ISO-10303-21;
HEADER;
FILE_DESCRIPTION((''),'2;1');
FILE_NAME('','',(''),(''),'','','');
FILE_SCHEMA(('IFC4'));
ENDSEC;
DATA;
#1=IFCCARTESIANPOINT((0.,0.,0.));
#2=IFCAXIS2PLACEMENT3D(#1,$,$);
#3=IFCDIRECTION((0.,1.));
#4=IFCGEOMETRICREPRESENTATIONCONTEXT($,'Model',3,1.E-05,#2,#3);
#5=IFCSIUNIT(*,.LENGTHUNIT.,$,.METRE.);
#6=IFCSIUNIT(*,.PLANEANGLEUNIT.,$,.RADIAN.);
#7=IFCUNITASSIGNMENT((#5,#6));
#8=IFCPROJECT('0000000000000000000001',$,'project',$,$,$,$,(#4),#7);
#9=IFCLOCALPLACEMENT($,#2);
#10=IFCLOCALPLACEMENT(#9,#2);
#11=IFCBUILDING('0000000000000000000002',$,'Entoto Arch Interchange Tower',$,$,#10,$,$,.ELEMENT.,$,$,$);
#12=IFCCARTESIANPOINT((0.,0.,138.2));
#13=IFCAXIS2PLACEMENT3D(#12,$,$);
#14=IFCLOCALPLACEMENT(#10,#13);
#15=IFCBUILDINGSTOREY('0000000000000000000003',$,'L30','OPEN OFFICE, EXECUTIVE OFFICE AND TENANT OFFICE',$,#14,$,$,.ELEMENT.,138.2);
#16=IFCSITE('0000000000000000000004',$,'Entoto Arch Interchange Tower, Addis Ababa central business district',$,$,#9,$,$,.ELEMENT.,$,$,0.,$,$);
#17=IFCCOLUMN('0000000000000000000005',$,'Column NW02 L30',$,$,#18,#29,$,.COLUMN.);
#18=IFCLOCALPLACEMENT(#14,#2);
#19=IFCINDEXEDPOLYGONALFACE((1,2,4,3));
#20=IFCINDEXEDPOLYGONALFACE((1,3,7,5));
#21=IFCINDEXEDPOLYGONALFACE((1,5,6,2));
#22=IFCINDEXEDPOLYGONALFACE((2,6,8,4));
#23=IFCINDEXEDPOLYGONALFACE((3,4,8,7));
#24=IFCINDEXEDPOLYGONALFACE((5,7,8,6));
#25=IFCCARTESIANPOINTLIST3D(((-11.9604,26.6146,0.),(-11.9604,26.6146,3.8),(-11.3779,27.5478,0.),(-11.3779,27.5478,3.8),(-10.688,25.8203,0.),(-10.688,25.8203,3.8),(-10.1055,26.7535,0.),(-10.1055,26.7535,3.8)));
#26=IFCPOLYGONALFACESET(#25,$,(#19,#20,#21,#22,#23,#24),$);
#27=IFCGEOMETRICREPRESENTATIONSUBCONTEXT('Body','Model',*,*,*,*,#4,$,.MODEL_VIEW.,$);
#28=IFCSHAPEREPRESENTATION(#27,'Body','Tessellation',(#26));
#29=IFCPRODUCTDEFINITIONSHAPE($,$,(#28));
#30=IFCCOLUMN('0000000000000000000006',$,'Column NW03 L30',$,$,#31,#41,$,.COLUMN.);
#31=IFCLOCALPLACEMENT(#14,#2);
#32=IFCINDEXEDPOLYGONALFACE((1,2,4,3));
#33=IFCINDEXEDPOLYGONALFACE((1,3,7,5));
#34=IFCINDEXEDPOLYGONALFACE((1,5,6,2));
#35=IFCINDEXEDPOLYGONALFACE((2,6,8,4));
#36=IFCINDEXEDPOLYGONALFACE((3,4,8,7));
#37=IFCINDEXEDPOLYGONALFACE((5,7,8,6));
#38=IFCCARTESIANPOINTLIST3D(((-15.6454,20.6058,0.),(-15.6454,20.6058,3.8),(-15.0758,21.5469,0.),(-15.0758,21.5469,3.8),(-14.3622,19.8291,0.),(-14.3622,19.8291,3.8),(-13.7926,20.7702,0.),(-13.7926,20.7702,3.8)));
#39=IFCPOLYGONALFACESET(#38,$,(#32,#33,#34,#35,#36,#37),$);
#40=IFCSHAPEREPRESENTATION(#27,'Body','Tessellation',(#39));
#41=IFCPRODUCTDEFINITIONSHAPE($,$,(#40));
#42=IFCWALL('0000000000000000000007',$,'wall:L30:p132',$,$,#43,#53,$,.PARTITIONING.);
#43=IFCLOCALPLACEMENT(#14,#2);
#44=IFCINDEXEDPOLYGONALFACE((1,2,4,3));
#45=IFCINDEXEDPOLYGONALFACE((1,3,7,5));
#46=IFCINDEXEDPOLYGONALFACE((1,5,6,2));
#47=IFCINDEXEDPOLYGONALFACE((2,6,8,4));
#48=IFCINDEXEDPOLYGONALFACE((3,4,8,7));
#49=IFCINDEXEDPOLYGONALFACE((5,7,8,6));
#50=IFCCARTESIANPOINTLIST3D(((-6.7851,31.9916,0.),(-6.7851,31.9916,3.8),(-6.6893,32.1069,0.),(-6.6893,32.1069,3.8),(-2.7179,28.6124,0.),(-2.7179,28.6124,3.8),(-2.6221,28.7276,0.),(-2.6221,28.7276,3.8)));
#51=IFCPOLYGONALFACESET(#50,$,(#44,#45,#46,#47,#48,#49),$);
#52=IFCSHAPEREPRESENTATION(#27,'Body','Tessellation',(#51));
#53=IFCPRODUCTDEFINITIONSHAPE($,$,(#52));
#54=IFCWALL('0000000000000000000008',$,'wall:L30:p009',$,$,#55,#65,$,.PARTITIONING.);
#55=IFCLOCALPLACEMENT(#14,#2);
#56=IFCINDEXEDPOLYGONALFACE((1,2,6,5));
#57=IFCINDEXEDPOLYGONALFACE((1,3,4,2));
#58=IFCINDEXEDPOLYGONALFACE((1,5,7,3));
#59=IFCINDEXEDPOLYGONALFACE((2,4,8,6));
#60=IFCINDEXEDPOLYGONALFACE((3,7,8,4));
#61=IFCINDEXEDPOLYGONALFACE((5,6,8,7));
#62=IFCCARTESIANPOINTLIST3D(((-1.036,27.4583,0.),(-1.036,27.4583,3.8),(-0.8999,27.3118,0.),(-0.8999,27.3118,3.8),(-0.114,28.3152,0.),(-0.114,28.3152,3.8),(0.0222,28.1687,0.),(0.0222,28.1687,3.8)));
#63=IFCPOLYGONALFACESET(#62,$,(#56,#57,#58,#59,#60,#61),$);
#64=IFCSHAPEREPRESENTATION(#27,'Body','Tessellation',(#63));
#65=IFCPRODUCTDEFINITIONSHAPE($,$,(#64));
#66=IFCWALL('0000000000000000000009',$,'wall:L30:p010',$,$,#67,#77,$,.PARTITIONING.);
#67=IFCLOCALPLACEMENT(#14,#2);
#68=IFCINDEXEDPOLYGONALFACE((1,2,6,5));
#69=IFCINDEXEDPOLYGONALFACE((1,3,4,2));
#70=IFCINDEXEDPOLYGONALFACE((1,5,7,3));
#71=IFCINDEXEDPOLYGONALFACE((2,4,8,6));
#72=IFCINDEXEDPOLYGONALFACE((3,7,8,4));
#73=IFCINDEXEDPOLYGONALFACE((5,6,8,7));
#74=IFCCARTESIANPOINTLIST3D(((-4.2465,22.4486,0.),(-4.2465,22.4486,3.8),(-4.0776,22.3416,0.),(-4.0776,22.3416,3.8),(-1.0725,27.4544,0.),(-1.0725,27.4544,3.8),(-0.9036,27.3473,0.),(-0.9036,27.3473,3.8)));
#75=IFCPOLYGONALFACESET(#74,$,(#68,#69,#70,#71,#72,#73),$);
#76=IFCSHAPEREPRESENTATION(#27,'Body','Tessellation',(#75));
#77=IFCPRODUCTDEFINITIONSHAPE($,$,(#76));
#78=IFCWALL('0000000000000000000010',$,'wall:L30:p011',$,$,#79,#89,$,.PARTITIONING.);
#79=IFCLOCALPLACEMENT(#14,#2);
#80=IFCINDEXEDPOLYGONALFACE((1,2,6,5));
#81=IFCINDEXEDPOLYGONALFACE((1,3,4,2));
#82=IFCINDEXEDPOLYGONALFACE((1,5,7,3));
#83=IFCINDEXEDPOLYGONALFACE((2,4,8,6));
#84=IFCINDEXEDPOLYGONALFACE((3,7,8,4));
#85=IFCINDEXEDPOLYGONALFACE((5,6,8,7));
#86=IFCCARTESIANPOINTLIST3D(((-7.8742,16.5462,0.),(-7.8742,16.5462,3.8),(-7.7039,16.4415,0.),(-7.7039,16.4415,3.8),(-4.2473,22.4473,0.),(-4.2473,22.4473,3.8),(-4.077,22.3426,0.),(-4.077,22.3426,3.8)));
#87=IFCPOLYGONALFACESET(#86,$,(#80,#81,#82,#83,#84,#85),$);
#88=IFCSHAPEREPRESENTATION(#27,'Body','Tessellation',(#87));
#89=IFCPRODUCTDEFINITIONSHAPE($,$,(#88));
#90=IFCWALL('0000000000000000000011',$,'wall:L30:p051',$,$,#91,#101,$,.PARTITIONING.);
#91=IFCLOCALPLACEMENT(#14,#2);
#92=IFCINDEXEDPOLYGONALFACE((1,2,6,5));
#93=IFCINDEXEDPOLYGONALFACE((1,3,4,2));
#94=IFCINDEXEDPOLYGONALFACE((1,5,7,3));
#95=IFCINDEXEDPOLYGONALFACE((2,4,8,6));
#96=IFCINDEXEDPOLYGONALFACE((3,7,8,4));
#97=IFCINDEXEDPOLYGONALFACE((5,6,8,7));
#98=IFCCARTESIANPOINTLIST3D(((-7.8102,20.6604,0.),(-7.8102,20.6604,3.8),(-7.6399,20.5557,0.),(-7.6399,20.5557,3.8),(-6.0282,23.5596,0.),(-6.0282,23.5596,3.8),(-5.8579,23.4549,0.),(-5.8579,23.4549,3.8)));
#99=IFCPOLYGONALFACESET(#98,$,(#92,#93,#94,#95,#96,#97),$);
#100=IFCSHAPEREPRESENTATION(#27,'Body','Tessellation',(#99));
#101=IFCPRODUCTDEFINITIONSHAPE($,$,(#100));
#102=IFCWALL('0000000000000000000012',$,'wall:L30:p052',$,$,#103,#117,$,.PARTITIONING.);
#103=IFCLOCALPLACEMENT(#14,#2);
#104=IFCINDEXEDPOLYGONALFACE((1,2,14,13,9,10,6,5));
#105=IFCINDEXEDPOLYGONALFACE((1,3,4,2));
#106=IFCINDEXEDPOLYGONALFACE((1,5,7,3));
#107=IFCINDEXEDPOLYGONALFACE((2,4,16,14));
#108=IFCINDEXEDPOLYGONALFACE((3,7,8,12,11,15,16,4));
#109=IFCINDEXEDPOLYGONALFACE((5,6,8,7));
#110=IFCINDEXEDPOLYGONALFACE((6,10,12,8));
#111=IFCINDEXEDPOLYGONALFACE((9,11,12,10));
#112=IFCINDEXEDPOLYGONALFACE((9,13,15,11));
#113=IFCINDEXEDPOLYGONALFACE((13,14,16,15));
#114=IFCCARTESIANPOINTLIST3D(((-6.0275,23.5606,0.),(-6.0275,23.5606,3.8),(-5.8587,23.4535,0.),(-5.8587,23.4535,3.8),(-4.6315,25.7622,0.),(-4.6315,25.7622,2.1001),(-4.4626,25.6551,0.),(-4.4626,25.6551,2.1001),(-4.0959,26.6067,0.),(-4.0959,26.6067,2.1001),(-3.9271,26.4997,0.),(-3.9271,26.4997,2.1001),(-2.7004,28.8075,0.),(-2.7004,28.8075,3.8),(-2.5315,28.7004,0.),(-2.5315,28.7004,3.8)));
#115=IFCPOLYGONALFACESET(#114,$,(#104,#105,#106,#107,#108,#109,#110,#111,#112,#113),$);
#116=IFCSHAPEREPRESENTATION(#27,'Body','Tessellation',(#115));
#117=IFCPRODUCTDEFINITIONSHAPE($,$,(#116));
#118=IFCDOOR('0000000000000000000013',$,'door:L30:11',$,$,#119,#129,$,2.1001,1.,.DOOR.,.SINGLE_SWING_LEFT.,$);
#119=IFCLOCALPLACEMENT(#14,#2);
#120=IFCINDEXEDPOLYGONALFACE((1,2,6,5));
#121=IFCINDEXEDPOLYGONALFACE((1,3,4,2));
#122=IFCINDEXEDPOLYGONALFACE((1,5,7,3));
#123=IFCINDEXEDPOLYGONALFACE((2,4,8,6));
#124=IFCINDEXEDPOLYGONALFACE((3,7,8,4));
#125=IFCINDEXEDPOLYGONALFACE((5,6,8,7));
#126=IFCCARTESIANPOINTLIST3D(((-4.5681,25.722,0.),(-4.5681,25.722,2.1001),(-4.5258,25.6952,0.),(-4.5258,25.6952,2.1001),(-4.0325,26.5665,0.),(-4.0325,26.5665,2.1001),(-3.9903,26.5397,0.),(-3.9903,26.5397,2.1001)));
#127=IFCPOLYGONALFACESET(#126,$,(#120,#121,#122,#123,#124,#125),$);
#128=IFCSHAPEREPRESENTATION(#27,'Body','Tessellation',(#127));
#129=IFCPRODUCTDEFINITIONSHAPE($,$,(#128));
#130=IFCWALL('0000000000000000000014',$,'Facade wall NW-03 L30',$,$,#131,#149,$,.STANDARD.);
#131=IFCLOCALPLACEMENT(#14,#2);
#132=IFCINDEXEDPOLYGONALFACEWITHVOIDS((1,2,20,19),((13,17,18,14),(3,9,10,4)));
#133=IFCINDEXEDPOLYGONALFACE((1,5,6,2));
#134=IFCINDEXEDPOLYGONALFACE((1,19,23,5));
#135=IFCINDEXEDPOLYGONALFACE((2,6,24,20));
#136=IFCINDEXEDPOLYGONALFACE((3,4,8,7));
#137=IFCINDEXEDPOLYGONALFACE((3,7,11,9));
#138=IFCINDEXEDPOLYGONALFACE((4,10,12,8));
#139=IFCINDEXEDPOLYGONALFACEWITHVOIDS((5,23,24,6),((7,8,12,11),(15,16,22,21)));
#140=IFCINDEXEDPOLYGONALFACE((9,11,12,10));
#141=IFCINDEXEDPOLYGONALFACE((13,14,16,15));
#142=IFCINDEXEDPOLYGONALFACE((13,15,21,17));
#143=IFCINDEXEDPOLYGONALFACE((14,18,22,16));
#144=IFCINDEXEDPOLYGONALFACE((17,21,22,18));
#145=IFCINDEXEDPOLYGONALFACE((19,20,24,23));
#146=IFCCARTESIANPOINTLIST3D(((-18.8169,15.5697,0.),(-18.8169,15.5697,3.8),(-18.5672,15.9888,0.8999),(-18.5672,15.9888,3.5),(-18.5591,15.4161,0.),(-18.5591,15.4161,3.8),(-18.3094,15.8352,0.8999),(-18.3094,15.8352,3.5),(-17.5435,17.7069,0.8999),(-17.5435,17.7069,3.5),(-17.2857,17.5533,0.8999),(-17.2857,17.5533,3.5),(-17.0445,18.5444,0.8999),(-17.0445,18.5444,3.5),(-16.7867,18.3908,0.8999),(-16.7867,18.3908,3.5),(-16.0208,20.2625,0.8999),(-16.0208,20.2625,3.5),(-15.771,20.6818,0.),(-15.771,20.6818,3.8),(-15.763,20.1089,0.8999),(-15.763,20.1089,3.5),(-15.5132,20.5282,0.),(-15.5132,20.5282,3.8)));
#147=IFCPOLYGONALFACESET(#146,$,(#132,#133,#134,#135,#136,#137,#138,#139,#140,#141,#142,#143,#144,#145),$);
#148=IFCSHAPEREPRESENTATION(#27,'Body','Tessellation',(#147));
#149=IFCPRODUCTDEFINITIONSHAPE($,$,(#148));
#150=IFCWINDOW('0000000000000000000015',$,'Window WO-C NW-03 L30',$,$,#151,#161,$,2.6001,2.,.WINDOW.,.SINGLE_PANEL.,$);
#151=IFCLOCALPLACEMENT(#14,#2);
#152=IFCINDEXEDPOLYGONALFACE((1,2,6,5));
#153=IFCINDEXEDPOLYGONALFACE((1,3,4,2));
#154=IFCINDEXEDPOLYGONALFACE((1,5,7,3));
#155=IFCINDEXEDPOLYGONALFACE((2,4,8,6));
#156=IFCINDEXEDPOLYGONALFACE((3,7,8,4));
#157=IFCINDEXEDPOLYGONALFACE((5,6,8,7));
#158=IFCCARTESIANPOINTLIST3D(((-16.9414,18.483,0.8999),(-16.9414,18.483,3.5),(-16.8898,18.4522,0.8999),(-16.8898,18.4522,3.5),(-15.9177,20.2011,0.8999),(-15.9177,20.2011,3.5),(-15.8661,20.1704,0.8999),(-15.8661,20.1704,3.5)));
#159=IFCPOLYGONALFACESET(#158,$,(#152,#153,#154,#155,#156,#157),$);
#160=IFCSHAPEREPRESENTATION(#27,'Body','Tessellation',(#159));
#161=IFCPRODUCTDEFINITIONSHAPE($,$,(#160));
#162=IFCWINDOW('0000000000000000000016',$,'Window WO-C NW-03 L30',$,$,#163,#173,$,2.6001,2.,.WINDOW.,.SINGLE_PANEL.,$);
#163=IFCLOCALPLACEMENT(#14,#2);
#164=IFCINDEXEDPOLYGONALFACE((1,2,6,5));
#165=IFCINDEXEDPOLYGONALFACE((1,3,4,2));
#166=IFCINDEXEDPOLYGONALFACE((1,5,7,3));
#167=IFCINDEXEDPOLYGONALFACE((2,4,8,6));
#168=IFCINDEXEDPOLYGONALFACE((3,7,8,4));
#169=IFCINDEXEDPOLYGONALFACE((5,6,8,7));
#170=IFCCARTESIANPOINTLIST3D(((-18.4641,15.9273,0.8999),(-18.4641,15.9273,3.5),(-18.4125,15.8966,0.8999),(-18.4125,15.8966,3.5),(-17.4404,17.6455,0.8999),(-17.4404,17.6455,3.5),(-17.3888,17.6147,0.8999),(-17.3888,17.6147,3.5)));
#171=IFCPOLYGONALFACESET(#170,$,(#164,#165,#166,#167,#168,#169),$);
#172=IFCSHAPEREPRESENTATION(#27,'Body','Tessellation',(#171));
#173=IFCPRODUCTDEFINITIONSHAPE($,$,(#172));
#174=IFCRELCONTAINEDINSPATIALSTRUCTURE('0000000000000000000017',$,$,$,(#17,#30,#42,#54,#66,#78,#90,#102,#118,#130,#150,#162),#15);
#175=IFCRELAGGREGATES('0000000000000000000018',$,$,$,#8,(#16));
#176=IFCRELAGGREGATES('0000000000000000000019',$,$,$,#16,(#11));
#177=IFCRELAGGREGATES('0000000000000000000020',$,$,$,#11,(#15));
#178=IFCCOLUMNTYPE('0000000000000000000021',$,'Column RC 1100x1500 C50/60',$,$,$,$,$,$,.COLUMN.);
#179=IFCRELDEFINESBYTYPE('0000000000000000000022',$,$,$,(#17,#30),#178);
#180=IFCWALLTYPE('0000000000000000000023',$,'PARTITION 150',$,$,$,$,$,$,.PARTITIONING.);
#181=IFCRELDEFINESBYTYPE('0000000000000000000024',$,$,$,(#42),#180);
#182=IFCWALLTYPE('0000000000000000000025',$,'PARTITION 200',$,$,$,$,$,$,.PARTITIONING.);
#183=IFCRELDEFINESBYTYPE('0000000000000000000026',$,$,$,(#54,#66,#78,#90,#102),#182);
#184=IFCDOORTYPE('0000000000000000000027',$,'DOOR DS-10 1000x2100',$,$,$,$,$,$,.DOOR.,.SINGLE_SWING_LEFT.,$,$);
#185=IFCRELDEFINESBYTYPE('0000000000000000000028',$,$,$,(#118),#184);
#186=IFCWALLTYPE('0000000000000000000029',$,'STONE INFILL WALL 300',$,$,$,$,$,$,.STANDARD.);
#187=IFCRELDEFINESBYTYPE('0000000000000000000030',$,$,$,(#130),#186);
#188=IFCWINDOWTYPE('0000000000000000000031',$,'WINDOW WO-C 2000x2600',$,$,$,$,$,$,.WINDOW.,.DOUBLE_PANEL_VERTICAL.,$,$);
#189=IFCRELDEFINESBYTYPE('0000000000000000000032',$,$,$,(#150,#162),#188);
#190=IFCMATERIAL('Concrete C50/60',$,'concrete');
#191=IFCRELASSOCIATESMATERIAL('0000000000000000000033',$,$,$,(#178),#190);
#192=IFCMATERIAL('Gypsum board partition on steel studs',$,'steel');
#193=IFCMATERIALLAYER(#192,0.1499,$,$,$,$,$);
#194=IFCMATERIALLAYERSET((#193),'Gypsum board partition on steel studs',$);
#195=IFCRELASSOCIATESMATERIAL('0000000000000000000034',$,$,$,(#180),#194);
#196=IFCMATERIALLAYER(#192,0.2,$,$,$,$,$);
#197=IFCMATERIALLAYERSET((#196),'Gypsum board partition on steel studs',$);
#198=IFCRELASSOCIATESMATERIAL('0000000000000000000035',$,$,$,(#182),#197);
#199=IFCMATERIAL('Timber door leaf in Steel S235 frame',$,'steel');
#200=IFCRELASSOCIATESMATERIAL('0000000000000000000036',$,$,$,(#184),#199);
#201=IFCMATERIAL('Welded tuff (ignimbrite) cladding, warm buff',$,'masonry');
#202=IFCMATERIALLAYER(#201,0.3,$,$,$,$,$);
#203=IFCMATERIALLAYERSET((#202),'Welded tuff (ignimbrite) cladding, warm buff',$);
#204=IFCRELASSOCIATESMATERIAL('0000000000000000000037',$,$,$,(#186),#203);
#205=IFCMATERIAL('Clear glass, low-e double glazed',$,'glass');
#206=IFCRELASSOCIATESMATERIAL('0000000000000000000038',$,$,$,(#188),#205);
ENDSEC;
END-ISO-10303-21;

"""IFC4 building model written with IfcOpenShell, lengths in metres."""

from ifc_helpers import new_model, si_unit, direction, frame, frame_2d, origin, origin_2d, place, context, subcontext, project, spatial, rectangle, extrude, material, layer, layer_set, material_profile, profile_set, type_object, element, fill, save


model = new_model("IFC4")

# Units and contexts
model_context = context("Model", 3, precision=1e-05, world=origin(), true_north=direction((0.0, 1.0)))
body_context = subcontext(model_context, "Body", "Model", "MODEL_VIEW")
ifc_project = project(units=[si_unit("LENGTHUNIT", "METRE"), si_unit("PLANEANGLEUNIT", "RADIAN")], contexts=[model_context])

# Site, building, storey
site_placement = place(None, origin())
site = spatial("IfcSite", under=ifc_project, at=site_placement, Name="Entoto Arch Interchange Tower, Addis Ababa central business district", CompositionType="ELEMENT", RefElevation=0.0)
building_placement = place(site_placement, origin())
building = spatial("IfcBuilding", under=site, at=building_placement, Name="Entoto Arch Interchange Tower", CompositionType="ELEMENT")
storey_placement = place(building_placement, frame((0.0, 0.0, 138.2)))
storey = spatial("IfcBuildingStorey", under=building, at=storey_placement, Name="L30", Description="OPEN OFFICE, EXECUTIVE OFFICE AND TENANT OFFICE", CompositionType="ELEMENT", Elevation=138.2)

# Columns
ifc_material_1 = material(Name="Concrete C50/60", Category="concrete")
ifc_material_profile = material_profile(ifc_material_1, rectangle(XDim=1.1001, YDim=1.5, at=origin_2d()))
ifc_profile_set = profile_set([ifc_material_profile], Name="Concrete C50/60")
column_type = type_object("IfcColumnType", Name="Column RC 1100x1500 C50/60", PredefinedType="COLUMN", material=ifc_profile_set)
for number, where, z_axis, x_axis, name in (
    (1, (-11.033, 26.6841, 0.0), (0.0, 0.0, 1.0), (0.529549, 0.848279, 0.0), "Column NW02 L30"),
    (2, (-14.719, 20.688, 0.0), (0.0, 0.0, 1.0), (0.517803, 0.8555, 0.0), "Column NW03 L30"),
):
    element("IfcColumn", number, at=place(storey_placement, frame(where, z_axis=z_axis, x_axis=x_axis)), inside=storey, type_object=column_type, Name=name, PredefinedType="COLUMN", context=body_context, shape_type="SweptSolid", body=[
        extrude(rectangle(XDim=1.1001, YDim=1.5, at=origin_2d()), origin(), (0.0, 0.0, 1.0), 3.8),
    ])

# Walls
ifc_material_2 = material(Name="Gypsum board partition on steel studs", Category="steel")
ifc_layer_1 = layer(ifc_material_2, 0.1499)
ifc_layer_set_1 = layer_set([ifc_layer_1], Name="Gypsum board partition on steel studs")
wall_type_1 = type_object("IfcWallType", Name="PARTITION 150", PredefinedType="PARTITIONING", material=ifc_layer_set_1)
wall_1_placement = place(storey_placement, frame((-2.6699, 28.6699, 0.0), z_axis=(0.0, 0.0, 1.0), x_axis=(-0.769163, 0.639053, 0.0)))
element("IfcWall", 3, at=wall_1_placement, inside=storey, type_object=wall_type_1, Name="wall:L30:p132", PredefinedType="PARTITIONING", context=body_context, shape_type="SweptSolid", body=[
    extrude(rectangle(XDim=5.2878, YDim=0.1499, at=frame_2d((2.644, 0.0))), origin(), (0.0, 0.0, 1.0), 3.8),
])
ifc_layer_2 = layer(ifc_material_2, 0.2)
ifc_layer_set_2 = layer_set([ifc_layer_2], Name="Gypsum board partition on steel studs")
wall_type_2 = type_object("IfcWallType", Name="PARTITION 200", PredefinedType="PARTITIONING", material=ifc_layer_set_2)
wall_2_placement = place(storey_placement, frame((-0.0459, 28.2419, 0.0), z_axis=(0.0, 0.0, 1.0), x_axis=(-0.732524, -0.680741, 0.0)))
element("IfcWall", 4, at=wall_2_placement, inside=storey, type_object=wall_type_2, Name="wall:L30:p009", PredefinedType="PARTITIONING", context=body_context, shape_type="SweptSolid", body=[
    extrude(rectangle(XDim=1.2588, YDim=0.2, at=frame_2d((0.6294, 0.0))), origin(), (0.0, 0.0, 1.0), 3.8),
])
wall_3_placement = place(storey_placement, frame((-0.988, 27.4009, 0.0), z_axis=(0.0, 0.0, 1.0), x_axis=(-0.535497, -0.844537, 0.0)))
element("IfcWall", 5, at=wall_3_placement, inside=storey, type_object=wall_type_2, Name="wall:L30:p010", PredefinedType="PARTITIONING", context=body_context, shape_type="SweptSolid", body=[
    extrude(rectangle(XDim=5.9272, YDim=0.2, at=frame_2d((2.9636, 0.0))), origin(), (0.0, 0.0, 1.0), 3.8),
])
wall_4_placement = place(storey_placement, frame((-4.1621, 22.395, 0.0), z_axis=(0.0, 0.0, 1.0), x_axis=(-0.523625, -0.851949, 0.0)))
element("IfcWall", 6, at=wall_4_placement, inside=storey, type_object=wall_type_2, Name="wall:L30:p011", PredefinedType="PARTITIONING", context=body_context, shape_type="SweptSolid", body=[
    extrude(rectangle(XDim=6.9265, YDim=0.2, at=frame_2d((3.4634, 0.0))), origin(), (0.0, 0.0, 1.0), 3.8),
])
wall_5_placement = place(storey_placement, frame((-7.7251, 20.6079, 0.0), z_axis=(0.0, 0.0, 1.0), x_axis=(0.523645, 0.851937, 0.0)))
element("IfcWall", 7, at=wall_5_placement, inside=storey, type_object=wall_type_2, Name="wall:L30:p051", PredefinedType="PARTITIONING", context=body_context, shape_type="SweptSolid", body=[
    extrude(rectangle(XDim=3.4031, YDim=0.2, at=frame_2d((1.7017, 0.0))), origin(), (0.0, 0.0, 1.0), 3.8),
])

# Wall, opening, door
wall_6_placement = place(storey_placement, frame((-5.9431, 23.5071, 0.0), z_axis=(0.0, 0.0, 1.0), x_axis=(0.53553, 0.844516, 0.0)))
wall_6 = element("IfcWall", 8, at=wall_6_placement, inside=storey, type_object=wall_type_2, Name="wall:L30:p052", PredefinedType="PARTITIONING", context=body_context, shape_type="SweptSolid", body=[
    extrude(rectangle(XDim=6.2129, YDim=0.2, at=frame_2d((3.1064, 0.0))), origin(), (0.0, 0.0, 1.0), 3.8),
])
opening_1_placement = place(wall_6_placement, frame((2.6069, 0.0, 0.0)))
opening_1 = element("IfcOpeningElement", 9, at=opening_1_placement, cuts=wall_6, PredefinedType="OPENING", context=body_context, shape_type="SweptSolid", body=[
    extrude(rectangle(XDim=1.0, YDim=2.1001, at=frame_2d((0.5, 1.05))), frame((0.0, 0.1099, 0.0), z_axis=(0.0, -1.0, 0.0), x_axis=(1.0, 0.0, 0.0)), (0.0, 0.0, 1.0), 0.22),
])
ifc_material_3 = material(Name="Timber door leaf in Steel S235 frame", Category="steel")
door_type_1 = type_object("IfcDoorType", Name="DOOR DS-10 1000x2100", OperationType="SINGLE_SWING_LEFT", PredefinedType="DOOR", material=ifc_material_3)
door_1_placement = place(opening_1_placement, origin())
door_1 = element("IfcDoor", 10, at=door_1_placement, inside=storey, type_object=door_type_1, Name="door:L30:11", OperationType="SINGLE_SWING_LEFT", OverallHeight=2.1001, OverallWidth=1.0, PredefinedType="DOOR", context=body_context, shape_type="SweptSolid", body=[
    extrude(rectangle(XDim=1.0, YDim=2.1001, at=frame_2d((0.5, 1.05))), frame((0.0, 0.0249, 0.0), z_axis=(0.0, -1.0, 0.0), x_axis=(1.0, 0.0, 0.0)), (0.0, 0.0, 1.0), 0.05),
])
fill(opening_1, door_1)

# Shared definitions
ifc_material_4 = material(Name="Welded tuff (ignimbrite) cladding, warm buff", Category="masonry")
ifc_layer_3 = layer(ifc_material_4, 0.3)
ifc_layer_set_3 = layer_set([ifc_layer_3], Name="Welded tuff (ignimbrite) cladding, warm buff")
wall_type_3 = type_object("IfcWallType", Name="STONE INFILL WALL 300", PredefinedType="STANDARD", material=ifc_layer_set_3)
ifc_material_5 = material(Name="Clear glass, low-e double glazed", Category="glass")
window_type = type_object("IfcWindowType", Name="WINDOW WO-C 2000x2600", PartitioningType="DOUBLE_PANEL_VERTICAL", PredefinedType="WINDOW", material=ifc_material_5)

# Wall, openings, windows
wall_7_placement = place(storey_placement, frame((-15.6421, 20.605, 0.0), z_axis=(0.0, 0.0, 1.0), x_axis=(-0.511857, -0.859071, 0.0)))
wall_7 = element("IfcWall", 11, at=wall_7_placement, inside=storey, type_object=wall_type_3, Name="Facade wall NW-03 L30", PredefinedType="STANDARD", context=body_context, shape_type="SweptSolid", body=[
    extrude(rectangle(XDim=5.9507, YDim=0.3, at=frame_2d((2.9753, 0.0))), origin(), (0.0, 0.0, 1.0), 3.8),
])
opening_2_placement = place(wall_7_placement, frame((0.488, 0.0, 0.8999)))
opening_2 = element("IfcOpeningElement", 12, at=opening_2_placement, cuts=wall_7, PredefinedType="OPENING", context=body_context, shape_type="SweptSolid", body=[
    extrude(rectangle(XDim=2.0, YDim=2.6001, at=frame_2d((1.0, 1.3))), frame((0.0, 0.1602, 0.0), z_axis=(0.0, -1.0, 0.0), x_axis=(1.0, 0.0, 0.0)), (0.0, 0.0, 1.0), 0.3201),
])
opening_3_placement = place(wall_7_placement, frame((3.4629, 0.0, 0.8999)))
opening_3 = element("IfcOpeningElement", 13, at=opening_3_placement, cuts=wall_7, PredefinedType="OPENING", context=body_context, shape_type="SweptSolid", body=[
    extrude(rectangle(XDim=2.0, YDim=2.6001, at=frame_2d((1.0, 1.3))), frame((0.0, 0.1602, 0.0), z_axis=(0.0, -1.0, 0.0), x_axis=(1.0, 0.0, 0.0)), (0.0, 0.0, 1.0), 0.3201),
])
window_1_placement = place(opening_2_placement, origin())
window_1 = element("IfcWindow", 14, at=window_1_placement, inside=storey, type_object=window_type, Name="Window WO-C NW-03 L30", OverallHeight=2.6001, OverallWidth=2.0, PartitioningType="SINGLE_PANEL", PredefinedType="WINDOW", context=body_context, shape_type="SweptSolid", body=[
    extrude(rectangle(XDim=2.0, YDim=2.6001, at=frame_2d((1.0, 1.3))), frame((0.0, 0.03, 0.0), z_axis=(0.0, -1.0, 0.0), x_axis=(1.0, 0.0, 0.0)), (0.0, 0.0, 1.0), 0.0601),
])
fill(opening_2, window_1)
window_2_placement = place(opening_3_placement, origin())
window_2 = element("IfcWindow", 15, at=window_2_placement, inside=storey, type_object=window_type, Name="Window WO-C NW-03 L30", OverallHeight=2.6001, OverallWidth=2.0, PartitioningType="SINGLE_PANEL", PredefinedType="WINDOW", context=body_context, shape_type="SweptSolid", body=[
    extrude(rectangle(XDim=2.0, YDim=2.6001, at=frame_2d((1.0, 1.3))), frame((0.0, 0.03, 0.0), z_axis=(0.0, -1.0, 0.0), x_axis=(1.0, 0.0, 0.0)), (0.0, 0.0, 1.0), 0.0601),
])
fill(opening_3, window_2)

save(model, "model.ifc")
